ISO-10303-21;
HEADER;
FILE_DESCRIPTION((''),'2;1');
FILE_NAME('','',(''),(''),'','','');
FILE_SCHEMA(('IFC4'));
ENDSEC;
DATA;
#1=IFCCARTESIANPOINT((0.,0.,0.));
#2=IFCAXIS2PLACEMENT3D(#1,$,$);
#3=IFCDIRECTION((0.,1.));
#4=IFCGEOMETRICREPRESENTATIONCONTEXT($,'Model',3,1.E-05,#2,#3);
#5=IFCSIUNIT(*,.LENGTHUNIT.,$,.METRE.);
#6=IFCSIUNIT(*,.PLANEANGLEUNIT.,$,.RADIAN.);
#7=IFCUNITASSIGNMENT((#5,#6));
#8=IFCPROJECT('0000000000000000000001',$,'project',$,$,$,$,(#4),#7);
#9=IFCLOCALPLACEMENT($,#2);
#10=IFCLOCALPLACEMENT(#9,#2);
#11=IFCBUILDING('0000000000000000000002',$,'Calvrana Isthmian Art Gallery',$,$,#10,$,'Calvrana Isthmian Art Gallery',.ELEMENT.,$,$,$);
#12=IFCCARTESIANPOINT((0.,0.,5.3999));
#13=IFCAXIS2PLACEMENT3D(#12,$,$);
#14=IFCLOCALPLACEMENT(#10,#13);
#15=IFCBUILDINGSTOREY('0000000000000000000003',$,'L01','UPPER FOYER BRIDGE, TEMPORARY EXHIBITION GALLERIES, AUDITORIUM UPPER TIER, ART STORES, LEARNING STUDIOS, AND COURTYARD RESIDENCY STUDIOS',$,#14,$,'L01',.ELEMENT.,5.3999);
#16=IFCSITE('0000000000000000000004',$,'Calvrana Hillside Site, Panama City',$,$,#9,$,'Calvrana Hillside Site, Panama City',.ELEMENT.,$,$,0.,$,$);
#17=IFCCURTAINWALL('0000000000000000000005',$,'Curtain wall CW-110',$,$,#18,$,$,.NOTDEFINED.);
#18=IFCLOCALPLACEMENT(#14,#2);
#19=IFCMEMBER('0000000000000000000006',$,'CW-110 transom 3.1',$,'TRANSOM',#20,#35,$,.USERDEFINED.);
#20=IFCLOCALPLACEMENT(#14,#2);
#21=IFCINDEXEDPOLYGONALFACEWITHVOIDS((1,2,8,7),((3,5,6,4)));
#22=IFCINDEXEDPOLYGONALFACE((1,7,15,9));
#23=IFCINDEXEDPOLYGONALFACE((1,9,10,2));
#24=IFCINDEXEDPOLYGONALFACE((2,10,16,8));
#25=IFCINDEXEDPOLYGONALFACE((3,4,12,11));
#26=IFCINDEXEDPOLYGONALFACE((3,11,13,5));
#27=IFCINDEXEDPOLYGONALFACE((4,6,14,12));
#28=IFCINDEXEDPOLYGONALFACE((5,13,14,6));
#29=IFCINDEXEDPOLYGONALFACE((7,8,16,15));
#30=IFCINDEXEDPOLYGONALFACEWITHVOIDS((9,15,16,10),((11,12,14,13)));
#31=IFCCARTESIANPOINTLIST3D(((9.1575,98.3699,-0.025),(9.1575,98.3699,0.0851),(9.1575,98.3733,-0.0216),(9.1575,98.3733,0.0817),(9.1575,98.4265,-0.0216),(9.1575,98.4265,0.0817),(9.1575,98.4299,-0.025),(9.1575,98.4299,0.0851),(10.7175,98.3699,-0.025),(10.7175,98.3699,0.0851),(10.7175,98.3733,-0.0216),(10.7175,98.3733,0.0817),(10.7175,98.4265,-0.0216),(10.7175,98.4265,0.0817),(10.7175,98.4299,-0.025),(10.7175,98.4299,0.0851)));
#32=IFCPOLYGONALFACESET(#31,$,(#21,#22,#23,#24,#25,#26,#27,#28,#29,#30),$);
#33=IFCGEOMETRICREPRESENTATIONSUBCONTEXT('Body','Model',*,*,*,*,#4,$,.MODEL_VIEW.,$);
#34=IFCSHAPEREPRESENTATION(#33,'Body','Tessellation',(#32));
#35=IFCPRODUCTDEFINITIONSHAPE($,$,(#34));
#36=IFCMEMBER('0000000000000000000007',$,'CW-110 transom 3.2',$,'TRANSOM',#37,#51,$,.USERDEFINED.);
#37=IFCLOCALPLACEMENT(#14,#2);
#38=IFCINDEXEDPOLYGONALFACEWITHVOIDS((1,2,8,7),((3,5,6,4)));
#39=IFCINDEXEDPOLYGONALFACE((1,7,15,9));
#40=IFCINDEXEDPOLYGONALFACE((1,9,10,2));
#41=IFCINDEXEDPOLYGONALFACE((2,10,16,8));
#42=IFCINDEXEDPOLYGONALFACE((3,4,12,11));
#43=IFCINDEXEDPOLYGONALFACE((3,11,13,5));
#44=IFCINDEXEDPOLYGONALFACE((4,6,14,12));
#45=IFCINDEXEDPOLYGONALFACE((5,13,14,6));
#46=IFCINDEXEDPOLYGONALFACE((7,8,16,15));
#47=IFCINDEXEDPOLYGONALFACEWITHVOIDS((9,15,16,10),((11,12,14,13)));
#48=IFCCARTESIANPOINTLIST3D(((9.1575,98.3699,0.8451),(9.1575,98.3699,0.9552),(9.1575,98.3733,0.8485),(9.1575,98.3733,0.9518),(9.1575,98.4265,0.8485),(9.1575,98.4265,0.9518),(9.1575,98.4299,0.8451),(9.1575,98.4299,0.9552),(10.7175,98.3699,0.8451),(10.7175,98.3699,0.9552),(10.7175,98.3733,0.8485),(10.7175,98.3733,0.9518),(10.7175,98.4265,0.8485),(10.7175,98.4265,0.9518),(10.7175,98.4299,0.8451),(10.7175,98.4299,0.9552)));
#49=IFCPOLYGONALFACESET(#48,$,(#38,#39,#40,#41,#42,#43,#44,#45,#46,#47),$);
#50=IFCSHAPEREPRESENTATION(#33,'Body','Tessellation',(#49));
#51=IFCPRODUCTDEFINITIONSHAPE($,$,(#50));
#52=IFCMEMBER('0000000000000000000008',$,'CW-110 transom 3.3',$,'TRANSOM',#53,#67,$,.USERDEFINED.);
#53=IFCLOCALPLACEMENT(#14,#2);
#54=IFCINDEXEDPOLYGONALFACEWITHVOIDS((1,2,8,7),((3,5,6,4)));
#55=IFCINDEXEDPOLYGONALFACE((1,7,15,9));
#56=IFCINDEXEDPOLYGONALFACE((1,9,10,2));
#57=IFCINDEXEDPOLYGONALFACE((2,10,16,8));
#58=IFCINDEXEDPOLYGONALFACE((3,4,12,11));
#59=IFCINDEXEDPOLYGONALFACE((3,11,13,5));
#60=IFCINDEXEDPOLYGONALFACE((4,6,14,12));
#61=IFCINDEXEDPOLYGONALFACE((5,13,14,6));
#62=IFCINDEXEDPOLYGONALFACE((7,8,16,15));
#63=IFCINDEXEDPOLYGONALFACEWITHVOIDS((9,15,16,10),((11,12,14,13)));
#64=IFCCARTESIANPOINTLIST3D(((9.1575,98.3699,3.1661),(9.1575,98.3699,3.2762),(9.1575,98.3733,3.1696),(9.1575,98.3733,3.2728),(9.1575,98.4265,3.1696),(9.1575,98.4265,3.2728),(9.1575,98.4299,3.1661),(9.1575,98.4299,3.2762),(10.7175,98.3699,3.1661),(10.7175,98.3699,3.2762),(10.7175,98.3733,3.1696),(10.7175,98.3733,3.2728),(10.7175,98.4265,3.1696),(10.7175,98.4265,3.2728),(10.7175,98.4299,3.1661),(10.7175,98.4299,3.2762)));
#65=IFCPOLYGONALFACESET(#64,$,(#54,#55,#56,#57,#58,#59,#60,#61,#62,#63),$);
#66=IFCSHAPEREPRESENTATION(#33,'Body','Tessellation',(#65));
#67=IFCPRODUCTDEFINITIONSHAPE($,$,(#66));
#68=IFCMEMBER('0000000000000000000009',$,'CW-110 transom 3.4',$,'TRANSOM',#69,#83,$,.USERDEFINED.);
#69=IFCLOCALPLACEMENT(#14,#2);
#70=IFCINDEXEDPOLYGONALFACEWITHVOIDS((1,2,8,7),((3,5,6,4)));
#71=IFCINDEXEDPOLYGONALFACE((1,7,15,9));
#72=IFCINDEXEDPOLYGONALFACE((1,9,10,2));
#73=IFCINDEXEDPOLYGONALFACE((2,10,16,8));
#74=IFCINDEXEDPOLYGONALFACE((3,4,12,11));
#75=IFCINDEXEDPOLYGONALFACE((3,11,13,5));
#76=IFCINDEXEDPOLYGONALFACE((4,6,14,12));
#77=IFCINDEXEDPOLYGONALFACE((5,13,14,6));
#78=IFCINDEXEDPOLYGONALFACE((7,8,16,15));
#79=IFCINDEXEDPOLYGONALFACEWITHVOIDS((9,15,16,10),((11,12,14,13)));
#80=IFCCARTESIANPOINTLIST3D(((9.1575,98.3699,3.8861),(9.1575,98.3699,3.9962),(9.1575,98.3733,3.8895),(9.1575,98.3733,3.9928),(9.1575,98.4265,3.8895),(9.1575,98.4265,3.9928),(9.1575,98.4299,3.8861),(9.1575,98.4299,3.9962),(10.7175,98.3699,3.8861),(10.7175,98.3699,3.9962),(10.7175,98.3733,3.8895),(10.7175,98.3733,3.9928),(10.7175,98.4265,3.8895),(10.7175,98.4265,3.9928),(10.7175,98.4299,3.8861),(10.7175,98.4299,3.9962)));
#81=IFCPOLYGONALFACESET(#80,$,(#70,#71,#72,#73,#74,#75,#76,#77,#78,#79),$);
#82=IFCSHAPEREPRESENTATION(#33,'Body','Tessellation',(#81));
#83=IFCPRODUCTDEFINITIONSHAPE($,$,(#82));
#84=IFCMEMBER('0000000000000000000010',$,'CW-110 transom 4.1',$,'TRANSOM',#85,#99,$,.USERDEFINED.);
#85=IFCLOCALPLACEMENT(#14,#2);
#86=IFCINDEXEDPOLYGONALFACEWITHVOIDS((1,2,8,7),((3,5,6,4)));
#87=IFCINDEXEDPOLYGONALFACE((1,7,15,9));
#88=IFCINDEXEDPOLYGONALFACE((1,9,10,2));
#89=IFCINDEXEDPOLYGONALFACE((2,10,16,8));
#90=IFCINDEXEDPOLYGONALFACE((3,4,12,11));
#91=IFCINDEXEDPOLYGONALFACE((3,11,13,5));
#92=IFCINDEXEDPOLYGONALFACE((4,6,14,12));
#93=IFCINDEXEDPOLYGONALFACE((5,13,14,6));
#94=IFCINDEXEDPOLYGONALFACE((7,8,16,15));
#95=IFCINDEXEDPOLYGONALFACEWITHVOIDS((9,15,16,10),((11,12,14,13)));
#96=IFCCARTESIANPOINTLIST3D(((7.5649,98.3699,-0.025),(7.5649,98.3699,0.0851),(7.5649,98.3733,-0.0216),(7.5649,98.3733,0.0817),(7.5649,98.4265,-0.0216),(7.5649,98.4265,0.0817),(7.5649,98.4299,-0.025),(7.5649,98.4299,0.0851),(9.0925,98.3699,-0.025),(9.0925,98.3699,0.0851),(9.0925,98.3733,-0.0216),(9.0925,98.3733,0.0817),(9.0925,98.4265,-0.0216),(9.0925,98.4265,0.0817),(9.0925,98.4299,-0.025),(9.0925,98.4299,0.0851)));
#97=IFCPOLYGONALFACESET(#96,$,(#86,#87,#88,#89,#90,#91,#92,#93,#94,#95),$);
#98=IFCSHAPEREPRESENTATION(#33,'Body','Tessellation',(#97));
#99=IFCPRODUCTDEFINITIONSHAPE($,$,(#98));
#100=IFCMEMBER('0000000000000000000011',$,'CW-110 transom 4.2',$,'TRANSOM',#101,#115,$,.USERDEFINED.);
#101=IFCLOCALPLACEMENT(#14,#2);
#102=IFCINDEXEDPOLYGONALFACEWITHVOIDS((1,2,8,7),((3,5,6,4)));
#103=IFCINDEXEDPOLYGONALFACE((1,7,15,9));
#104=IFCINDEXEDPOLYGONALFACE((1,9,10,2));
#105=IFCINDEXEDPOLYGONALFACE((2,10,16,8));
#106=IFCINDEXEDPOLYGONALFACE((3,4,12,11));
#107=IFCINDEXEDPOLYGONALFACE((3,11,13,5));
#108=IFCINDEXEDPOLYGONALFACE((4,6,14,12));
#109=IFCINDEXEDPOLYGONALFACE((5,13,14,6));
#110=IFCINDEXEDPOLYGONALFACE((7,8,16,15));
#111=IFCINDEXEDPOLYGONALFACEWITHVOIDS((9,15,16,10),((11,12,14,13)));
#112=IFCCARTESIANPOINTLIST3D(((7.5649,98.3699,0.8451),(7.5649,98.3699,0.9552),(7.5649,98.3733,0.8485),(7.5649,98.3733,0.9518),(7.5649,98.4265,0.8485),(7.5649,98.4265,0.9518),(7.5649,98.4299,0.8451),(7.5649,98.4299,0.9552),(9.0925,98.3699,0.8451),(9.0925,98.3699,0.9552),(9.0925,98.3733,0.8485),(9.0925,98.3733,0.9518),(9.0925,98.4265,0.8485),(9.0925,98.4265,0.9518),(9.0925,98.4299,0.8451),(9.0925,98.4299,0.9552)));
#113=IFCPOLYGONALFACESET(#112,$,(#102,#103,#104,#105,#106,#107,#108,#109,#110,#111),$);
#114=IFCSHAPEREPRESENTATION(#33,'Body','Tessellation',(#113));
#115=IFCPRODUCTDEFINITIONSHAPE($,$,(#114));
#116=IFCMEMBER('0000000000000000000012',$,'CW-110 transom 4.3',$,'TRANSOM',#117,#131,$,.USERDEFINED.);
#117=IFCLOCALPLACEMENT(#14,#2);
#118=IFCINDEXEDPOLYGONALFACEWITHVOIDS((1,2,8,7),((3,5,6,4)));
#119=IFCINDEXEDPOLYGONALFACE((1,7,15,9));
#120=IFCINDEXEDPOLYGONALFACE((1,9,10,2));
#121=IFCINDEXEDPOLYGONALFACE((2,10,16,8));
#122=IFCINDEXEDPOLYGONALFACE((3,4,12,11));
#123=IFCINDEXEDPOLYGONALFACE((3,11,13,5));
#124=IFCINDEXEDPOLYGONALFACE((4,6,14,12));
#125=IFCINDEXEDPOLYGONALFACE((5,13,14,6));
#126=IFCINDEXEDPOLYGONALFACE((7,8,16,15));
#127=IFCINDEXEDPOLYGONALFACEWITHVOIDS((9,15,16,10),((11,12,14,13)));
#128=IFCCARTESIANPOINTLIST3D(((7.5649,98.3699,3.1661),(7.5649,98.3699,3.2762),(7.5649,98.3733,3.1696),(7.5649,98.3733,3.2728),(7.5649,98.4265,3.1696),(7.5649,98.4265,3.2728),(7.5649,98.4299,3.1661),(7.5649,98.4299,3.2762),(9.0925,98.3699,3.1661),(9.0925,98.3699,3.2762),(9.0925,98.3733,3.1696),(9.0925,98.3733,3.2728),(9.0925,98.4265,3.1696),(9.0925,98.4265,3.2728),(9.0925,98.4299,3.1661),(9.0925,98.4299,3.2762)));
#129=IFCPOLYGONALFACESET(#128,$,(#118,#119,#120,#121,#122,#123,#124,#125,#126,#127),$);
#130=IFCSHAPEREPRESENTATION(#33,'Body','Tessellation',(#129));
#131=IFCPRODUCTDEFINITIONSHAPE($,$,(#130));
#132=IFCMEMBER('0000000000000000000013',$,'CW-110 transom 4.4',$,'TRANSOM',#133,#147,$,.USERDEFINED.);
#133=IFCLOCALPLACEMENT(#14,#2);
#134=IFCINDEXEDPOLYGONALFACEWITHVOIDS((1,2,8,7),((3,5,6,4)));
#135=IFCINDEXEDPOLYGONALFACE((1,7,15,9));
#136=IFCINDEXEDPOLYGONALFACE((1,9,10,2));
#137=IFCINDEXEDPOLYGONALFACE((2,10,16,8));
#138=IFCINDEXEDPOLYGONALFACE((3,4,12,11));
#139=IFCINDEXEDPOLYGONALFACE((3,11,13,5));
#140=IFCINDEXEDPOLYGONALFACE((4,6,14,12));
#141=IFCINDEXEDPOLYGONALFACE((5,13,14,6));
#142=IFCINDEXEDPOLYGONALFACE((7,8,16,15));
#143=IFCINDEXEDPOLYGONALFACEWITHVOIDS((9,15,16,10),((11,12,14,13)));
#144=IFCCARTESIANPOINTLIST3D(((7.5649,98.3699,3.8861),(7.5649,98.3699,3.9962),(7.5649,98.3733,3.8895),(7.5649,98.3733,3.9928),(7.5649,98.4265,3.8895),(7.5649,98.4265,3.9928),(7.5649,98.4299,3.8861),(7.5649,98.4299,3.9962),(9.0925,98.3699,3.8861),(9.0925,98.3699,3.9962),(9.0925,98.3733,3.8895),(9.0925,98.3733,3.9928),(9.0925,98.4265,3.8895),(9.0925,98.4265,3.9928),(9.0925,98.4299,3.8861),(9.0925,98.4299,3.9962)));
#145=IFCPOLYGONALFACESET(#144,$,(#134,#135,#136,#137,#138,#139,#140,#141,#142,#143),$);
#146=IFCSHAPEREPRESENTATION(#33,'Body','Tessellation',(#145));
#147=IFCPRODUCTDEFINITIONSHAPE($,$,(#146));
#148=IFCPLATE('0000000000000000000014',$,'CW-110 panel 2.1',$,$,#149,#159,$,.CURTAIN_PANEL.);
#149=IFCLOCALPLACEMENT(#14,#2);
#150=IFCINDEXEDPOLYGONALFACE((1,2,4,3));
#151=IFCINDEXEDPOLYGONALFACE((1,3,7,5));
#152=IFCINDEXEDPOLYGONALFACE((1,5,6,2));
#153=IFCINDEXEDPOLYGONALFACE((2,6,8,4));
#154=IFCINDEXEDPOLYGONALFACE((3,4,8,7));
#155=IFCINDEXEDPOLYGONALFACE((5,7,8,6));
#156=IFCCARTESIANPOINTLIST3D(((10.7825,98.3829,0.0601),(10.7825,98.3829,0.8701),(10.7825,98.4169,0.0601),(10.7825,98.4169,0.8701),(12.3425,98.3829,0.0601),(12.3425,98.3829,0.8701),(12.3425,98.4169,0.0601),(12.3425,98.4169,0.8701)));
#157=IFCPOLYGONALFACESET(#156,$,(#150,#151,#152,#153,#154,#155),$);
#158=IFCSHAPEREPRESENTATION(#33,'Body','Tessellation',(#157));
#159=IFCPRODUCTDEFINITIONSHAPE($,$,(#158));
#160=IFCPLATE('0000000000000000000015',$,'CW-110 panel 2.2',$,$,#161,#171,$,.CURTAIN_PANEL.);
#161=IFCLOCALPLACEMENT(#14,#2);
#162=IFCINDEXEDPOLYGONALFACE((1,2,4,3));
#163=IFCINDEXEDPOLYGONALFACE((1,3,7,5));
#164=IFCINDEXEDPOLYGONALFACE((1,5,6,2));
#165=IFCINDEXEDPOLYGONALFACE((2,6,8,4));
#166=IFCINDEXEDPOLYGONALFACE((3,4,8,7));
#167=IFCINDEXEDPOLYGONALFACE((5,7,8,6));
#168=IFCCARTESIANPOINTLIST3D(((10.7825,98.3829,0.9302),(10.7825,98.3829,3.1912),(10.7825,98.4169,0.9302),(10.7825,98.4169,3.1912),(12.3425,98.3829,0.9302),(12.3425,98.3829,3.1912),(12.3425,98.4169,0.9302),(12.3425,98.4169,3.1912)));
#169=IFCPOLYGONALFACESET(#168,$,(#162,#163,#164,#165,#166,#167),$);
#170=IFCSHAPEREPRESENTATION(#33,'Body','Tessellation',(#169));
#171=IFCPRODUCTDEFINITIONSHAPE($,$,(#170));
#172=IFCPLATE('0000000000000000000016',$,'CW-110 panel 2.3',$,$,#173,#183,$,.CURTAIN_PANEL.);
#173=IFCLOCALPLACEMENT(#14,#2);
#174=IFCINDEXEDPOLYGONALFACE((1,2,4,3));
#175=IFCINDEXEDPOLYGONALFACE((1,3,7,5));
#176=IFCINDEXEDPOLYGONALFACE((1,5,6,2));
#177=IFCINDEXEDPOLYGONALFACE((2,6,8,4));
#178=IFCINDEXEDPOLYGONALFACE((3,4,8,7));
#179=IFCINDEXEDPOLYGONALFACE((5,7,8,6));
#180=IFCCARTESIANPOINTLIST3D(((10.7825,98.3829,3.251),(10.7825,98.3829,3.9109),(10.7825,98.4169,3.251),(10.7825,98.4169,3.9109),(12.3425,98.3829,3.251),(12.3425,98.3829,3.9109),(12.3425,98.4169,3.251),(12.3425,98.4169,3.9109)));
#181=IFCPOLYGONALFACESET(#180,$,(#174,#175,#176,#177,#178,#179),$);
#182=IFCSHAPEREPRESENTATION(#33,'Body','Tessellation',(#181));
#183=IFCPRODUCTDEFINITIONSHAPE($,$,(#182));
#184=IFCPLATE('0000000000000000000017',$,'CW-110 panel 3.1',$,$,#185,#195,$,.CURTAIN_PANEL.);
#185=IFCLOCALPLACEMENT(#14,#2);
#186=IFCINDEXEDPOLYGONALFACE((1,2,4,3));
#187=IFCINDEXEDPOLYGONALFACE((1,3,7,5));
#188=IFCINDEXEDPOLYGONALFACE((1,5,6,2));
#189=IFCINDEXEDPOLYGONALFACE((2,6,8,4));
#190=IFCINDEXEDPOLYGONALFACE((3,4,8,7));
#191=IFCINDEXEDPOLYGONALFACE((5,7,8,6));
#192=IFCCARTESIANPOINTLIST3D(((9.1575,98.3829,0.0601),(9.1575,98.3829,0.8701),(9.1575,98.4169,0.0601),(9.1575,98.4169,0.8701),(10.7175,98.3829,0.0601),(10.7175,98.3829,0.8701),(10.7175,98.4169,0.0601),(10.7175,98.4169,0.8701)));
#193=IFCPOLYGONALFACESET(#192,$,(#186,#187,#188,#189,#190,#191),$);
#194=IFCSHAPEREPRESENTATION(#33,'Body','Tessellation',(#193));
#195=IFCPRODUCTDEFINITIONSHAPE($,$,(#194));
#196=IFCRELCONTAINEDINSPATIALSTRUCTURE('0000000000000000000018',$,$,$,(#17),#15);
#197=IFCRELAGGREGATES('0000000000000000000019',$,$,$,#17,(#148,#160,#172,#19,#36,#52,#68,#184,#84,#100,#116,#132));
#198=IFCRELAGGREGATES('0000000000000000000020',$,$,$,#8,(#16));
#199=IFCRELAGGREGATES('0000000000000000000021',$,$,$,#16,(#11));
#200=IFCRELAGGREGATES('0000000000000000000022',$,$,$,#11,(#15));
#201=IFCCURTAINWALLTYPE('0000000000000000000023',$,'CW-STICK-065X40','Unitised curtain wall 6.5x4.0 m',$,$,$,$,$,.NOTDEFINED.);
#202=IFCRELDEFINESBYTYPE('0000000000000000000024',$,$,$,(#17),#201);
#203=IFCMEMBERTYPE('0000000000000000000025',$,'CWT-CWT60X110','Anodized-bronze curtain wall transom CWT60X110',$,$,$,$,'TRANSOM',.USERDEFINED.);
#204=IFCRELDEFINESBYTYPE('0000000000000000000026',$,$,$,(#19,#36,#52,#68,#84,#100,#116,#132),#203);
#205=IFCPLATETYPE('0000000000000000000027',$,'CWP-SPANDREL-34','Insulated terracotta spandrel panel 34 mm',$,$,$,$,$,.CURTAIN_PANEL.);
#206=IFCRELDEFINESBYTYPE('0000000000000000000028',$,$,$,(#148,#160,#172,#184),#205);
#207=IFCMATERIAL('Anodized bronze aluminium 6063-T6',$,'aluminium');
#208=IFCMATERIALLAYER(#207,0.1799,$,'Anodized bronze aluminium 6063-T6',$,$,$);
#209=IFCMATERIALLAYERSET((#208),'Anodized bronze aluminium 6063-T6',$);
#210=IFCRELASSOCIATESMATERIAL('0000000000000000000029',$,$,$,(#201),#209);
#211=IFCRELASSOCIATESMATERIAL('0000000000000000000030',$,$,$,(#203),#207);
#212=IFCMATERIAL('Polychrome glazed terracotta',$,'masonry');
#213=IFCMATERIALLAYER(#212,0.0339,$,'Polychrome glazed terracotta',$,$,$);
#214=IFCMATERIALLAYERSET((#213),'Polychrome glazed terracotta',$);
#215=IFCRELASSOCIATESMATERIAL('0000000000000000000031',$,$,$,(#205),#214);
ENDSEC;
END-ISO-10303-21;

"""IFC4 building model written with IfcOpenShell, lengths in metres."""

from ifc_helpers import new_model, si_unit, direction, frame, origin, origin_2d, place, context, subcontext, project, spatial, rectangle, hollow_rectangle, extrude, material, layer, layer_set, material_profile, profile_set, type_object, element, aggregate, save


model = new_model("IFC4")

# Units and contexts
model_context = context("Model", 3, precision=1e-05, world=origin(), true_north=direction((0.0, 1.0)))
body_context = subcontext(model_context, "Body", "Model", "MODEL_VIEW")
ifc_project = project(units=[si_unit("LENGTHUNIT", "METRE"), si_unit("PLANEANGLEUNIT", "RADIAN")], contexts=[model_context])

# Site, building, storey
site_placement = place(None, origin())
site = spatial("IfcSite", under=ifc_project, at=site_placement, Name="Calvrana Hillside Site, Panama City", LongName="Calvrana Hillside Site, Panama City", CompositionType="ELEMENT", RefElevation=0.0)
building_placement = place(site_placement, origin())
building = spatial("IfcBuilding", under=site, at=building_placement, Name="Calvrana Isthmian Art Gallery", LongName="Calvrana Isthmian Art Gallery", CompositionType="ELEMENT")
storey_placement = place(building_placement, frame((0.0, 0.0, 5.3999)))
storey = spatial("IfcBuildingStorey", under=building, at=storey_placement, Name="L01", Description="UPPER FOYER BRIDGE, TEMPORARY EXHIBITION GALLERIES, AUDITORIUM UPPER TIER, ART STORES, LEARNING STUDIOS, AND COURTYARD RESIDENCY STUDIOS", LongName="L01", CompositionType="ELEMENT", Elevation=5.3999)

# Curtain wall, members, plates
ifc_material_1 = material(Name="Anodized bronze aluminium 6063-T6", Category="aluminium")
ifc_layer_1 = layer(ifc_material_1, 0.1799, Name="Anodized bronze aluminium 6063-T6")
ifc_layer_set_1 = layer_set([ifc_layer_1], Name="Anodized bronze aluminium 6063-T6")
curtain_wall_type = type_object("IfcCurtainWallType", Name="CW-STICK-065X40", Description="Unitised curtain wall 6.5x4.0 m", PredefinedType="NOTDEFINED", material=ifc_layer_set_1)
curtain_wall_placement = place(storey_placement, origin())
curtain_wall = element("IfcCurtainWall", 1, at=curtain_wall_placement, inside=storey, type_object=curtain_wall_type, Name="Curtain wall CW-110", PredefinedType="NOTDEFINED")
ifc_material_profile_1 = material_profile(ifc_material_1, hollow_rectangle(XDim=0.0601, YDim=0.1101, WallThickness=0.0034, at=origin_2d()), Name="CWT60X110")
ifc_profile_set_1 = profile_set([ifc_material_profile_1], Name="Anodized bronze aluminium 6063-T6")
member_type_1 = type_object("IfcMemberType", Name="CWT-CWT60X110", Description="Anodized-bronze curtain wall transom CWT60X110", ElementType="TRANSOM", PredefinedType="USERDEFINED", material=ifc_profile_set_1)
member_1_placement = place(storey_placement, frame((10.7175, 98.3999, 0.03), z_axis=(-1.0, 0.0, 0.0), x_axis=(0.0, -1.0, 0.0)))
member_1 = element("IfcMember", 2, at=member_1_placement, type_object=member_type_1, Name="CW-110 transom 3.1", ObjectType="TRANSOM", PredefinedType="USERDEFINED", context=body_context, shape_type="SweptSolid", body=[
    extrude(hollow_rectangle(XDim=0.0601, YDim=0.1101, WallThickness=0.0034, at=origin_2d()), origin(), (0.0, 0.0, 1.0), 1.5601),
])
member_2_placement = place(storey_placement, frame((10.7175, 98.3999, 0.9001), z_axis=(-1.0, 0.0, 0.0), x_axis=(0.0, -1.0, 0.0)))
member_2 = element("IfcMember", 3, at=member_2_placement, type_object=member_type_1, Name="CW-110 transom 3.2", ObjectType="TRANSOM", PredefinedType="USERDEFINED", context=body_context, shape_type="SweptSolid", body=[
    extrude(hollow_rectangle(XDim=0.0601, YDim=0.1101, WallThickness=0.0034, at=origin_2d()), origin(), (0.0, 0.0, 1.0), 1.5601),
])
member_3_placement = place(storey_placement, frame((10.7175, 98.3999, 3.2212), z_axis=(-1.0, 0.0, 0.0), x_axis=(0.0, -1.0, 0.0)))
member_3 = element("IfcMember", 4, at=member_3_placement, type_object=member_type_1, Name="CW-110 transom 3.3", ObjectType="TRANSOM", PredefinedType="USERDEFINED", context=body_context, shape_type="SweptSolid", body=[
    extrude(hollow_rectangle(XDim=0.0601, YDim=0.1101, WallThickness=0.0034, at=origin_2d()), origin(), (0.0, 0.0, 1.0), 1.5601),
])
member_4_placement = place(storey_placement, frame((10.7175, 98.3999, 3.9412), z_axis=(-1.0, 0.0, 0.0), x_axis=(0.0, -1.0, 0.0)))
member_4 = element("IfcMember", 5, at=member_4_placement, type_object=member_type_1, Name="CW-110 transom 3.4", ObjectType="TRANSOM", PredefinedType="USERDEFINED", context=body_context, shape_type="SweptSolid", body=[
    extrude(hollow_rectangle(XDim=0.0601, YDim=0.1101, WallThickness=0.0034, at=origin_2d()), origin(), (0.0, 0.0, 1.0), 1.5601),
])
member_5_placement = place(storey_placement, frame((9.0925, 98.3999, 0.03), z_axis=(-1.0, 0.0, 0.0), x_axis=(0.0, -1.0, 0.0)))
member_5 = element("IfcMember", 6, at=member_5_placement, type_object=member_type_1, Name="CW-110 transom 4.1", ObjectType="TRANSOM", PredefinedType="USERDEFINED", context=body_context, shape_type="SweptSolid", body=[
    extrude(hollow_rectangle(XDim=0.0601, YDim=0.1101, WallThickness=0.0034, at=origin_2d()), origin(), (0.0, 0.0, 1.0), 1.5276),
])
member_6_placement = place(storey_placement, frame((9.0925, 98.3999, 0.9001), z_axis=(-1.0, 0.0, 0.0), x_axis=(0.0, -1.0, 0.0)))
member_6 = element("IfcMember", 7, at=member_6_placement, type_object=member_type_1, Name="CW-110 transom 4.2", ObjectType="TRANSOM", PredefinedType="USERDEFINED", context=body_context, shape_type="SweptSolid", body=[
    extrude(hollow_rectangle(XDim=0.0601, YDim=0.1101, WallThickness=0.0034, at=origin_2d()), origin(), (0.0, 0.0, 1.0), 1.5276),
])
member_7_placement = place(storey_placement, frame((9.0925, 98.3999, 3.2212), z_axis=(-1.0, 0.0, 0.0), x_axis=(0.0, -1.0, 0.0)))
member_7 = element("IfcMember", 8, at=member_7_placement, type_object=member_type_1, Name="CW-110 transom 4.3", ObjectType="TRANSOM", PredefinedType="USERDEFINED", context=body_context, shape_type="SweptSolid", body=[
    extrude(hollow_rectangle(XDim=0.0601, YDim=0.1101, WallThickness=0.0034, at=origin_2d()), origin(), (0.0, 0.0, 1.0), 1.5276),
])
member_8_placement = place(storey_placement, frame((9.0925, 98.3999, 3.9412), z_axis=(-1.0, 0.0, 0.0), x_axis=(0.0, -1.0, 0.0)))
member_8 = element("IfcMember", 9, at=member_8_placement, type_object=member_type_1, Name="CW-110 transom 4.4", ObjectType="TRANSOM", PredefinedType="USERDEFINED", context=body_context, shape_type="SweptSolid", body=[
    extrude(hollow_rectangle(XDim=0.0601, YDim=0.1101, WallThickness=0.0034, at=origin_2d()), origin(), (0.0, 0.0, 1.0), 1.5276),
])
ifc_material_2 = material(Name="Polychrome glazed terracotta", Category="masonry")
ifc_layer_2 = layer(ifc_material_2, 0.0339, Name="Polychrome glazed terracotta")
ifc_layer_set_2 = layer_set([ifc_layer_2], Name="Polychrome glazed terracotta")
plate_type = type_object("IfcPlateType", Name="CWP-SPANDREL-34", Description="Insulated terracotta spandrel panel 34 mm", PredefinedType="CURTAIN_PANEL", material=ifc_layer_set_2)
plate_1_placement = place(storey_placement, frame((11.5625, 98.3999, 0.0601), z_axis=(0.0, 0.0, 1.0), x_axis=(-1.0, 0.0, 0.0)))
plate_1 = element("IfcPlate", 10, at=plate_1_placement, type_object=plate_type, Name="CW-110 panel 2.1", PredefinedType="CURTAIN_PANEL", context=body_context, shape_type="SweptSolid", body=[
    extrude(rectangle(XDim=1.5601, YDim=0.0339, at=origin_2d()), origin(), (0.0, 0.0, 1.0), 0.8101),
])
plate_2_placement = place(storey_placement, frame((11.5625, 98.3999, 0.9302), z_axis=(0.0, 0.0, 1.0), x_axis=(-1.0, 0.0, 0.0)))
plate_2 = element("IfcPlate", 11, at=plate_2_placement, type_object=plate_type, Name="CW-110 panel 2.2", PredefinedType="CURTAIN_PANEL", context=body_context, shape_type="SweptSolid", body=[
    extrude(rectangle(XDim=1.5601, YDim=0.0339, at=origin_2d()), origin(), (0.0, 0.0, 1.0), 2.261),
])
plate_3_placement = place(storey_placement, frame((11.5625, 98.3999, 3.251), z_axis=(0.0, 0.0, 1.0), x_axis=(-1.0, 0.0, 0.0)))
plate_3 = element("IfcPlate", 12, at=plate_3_placement, type_object=plate_type, Name="CW-110 panel 2.3", PredefinedType="CURTAIN_PANEL", context=body_context, shape_type="SweptSolid", body=[
    extrude(rectangle(XDim=1.5601, YDim=0.0339, at=origin_2d()), origin(), (0.0, 0.0, 1.0), 0.6599),
])
plate_4_placement = place(storey_placement, frame((9.9375, 98.3999, 0.0601), z_axis=(0.0, 0.0, 1.0), x_axis=(-1.0, 0.0, 0.0)))
plate_4 = element("IfcPlate", 13, at=plate_4_placement, type_object=plate_type, Name="CW-110 panel 3.1", PredefinedType="CURTAIN_PANEL", context=body_context, shape_type="SweptSolid", body=[
    extrude(rectangle(XDim=1.5601, YDim=0.0339, at=origin_2d()), origin(), (0.0, 0.0, 1.0), 0.8101),
])
aggregate(curtain_wall, [plate_1, plate_2, plate_3, member_1, member_2, member_3, member_4, plate_4, member_5, member_6, member_7, member_8])

save(model, "model.ifc")
